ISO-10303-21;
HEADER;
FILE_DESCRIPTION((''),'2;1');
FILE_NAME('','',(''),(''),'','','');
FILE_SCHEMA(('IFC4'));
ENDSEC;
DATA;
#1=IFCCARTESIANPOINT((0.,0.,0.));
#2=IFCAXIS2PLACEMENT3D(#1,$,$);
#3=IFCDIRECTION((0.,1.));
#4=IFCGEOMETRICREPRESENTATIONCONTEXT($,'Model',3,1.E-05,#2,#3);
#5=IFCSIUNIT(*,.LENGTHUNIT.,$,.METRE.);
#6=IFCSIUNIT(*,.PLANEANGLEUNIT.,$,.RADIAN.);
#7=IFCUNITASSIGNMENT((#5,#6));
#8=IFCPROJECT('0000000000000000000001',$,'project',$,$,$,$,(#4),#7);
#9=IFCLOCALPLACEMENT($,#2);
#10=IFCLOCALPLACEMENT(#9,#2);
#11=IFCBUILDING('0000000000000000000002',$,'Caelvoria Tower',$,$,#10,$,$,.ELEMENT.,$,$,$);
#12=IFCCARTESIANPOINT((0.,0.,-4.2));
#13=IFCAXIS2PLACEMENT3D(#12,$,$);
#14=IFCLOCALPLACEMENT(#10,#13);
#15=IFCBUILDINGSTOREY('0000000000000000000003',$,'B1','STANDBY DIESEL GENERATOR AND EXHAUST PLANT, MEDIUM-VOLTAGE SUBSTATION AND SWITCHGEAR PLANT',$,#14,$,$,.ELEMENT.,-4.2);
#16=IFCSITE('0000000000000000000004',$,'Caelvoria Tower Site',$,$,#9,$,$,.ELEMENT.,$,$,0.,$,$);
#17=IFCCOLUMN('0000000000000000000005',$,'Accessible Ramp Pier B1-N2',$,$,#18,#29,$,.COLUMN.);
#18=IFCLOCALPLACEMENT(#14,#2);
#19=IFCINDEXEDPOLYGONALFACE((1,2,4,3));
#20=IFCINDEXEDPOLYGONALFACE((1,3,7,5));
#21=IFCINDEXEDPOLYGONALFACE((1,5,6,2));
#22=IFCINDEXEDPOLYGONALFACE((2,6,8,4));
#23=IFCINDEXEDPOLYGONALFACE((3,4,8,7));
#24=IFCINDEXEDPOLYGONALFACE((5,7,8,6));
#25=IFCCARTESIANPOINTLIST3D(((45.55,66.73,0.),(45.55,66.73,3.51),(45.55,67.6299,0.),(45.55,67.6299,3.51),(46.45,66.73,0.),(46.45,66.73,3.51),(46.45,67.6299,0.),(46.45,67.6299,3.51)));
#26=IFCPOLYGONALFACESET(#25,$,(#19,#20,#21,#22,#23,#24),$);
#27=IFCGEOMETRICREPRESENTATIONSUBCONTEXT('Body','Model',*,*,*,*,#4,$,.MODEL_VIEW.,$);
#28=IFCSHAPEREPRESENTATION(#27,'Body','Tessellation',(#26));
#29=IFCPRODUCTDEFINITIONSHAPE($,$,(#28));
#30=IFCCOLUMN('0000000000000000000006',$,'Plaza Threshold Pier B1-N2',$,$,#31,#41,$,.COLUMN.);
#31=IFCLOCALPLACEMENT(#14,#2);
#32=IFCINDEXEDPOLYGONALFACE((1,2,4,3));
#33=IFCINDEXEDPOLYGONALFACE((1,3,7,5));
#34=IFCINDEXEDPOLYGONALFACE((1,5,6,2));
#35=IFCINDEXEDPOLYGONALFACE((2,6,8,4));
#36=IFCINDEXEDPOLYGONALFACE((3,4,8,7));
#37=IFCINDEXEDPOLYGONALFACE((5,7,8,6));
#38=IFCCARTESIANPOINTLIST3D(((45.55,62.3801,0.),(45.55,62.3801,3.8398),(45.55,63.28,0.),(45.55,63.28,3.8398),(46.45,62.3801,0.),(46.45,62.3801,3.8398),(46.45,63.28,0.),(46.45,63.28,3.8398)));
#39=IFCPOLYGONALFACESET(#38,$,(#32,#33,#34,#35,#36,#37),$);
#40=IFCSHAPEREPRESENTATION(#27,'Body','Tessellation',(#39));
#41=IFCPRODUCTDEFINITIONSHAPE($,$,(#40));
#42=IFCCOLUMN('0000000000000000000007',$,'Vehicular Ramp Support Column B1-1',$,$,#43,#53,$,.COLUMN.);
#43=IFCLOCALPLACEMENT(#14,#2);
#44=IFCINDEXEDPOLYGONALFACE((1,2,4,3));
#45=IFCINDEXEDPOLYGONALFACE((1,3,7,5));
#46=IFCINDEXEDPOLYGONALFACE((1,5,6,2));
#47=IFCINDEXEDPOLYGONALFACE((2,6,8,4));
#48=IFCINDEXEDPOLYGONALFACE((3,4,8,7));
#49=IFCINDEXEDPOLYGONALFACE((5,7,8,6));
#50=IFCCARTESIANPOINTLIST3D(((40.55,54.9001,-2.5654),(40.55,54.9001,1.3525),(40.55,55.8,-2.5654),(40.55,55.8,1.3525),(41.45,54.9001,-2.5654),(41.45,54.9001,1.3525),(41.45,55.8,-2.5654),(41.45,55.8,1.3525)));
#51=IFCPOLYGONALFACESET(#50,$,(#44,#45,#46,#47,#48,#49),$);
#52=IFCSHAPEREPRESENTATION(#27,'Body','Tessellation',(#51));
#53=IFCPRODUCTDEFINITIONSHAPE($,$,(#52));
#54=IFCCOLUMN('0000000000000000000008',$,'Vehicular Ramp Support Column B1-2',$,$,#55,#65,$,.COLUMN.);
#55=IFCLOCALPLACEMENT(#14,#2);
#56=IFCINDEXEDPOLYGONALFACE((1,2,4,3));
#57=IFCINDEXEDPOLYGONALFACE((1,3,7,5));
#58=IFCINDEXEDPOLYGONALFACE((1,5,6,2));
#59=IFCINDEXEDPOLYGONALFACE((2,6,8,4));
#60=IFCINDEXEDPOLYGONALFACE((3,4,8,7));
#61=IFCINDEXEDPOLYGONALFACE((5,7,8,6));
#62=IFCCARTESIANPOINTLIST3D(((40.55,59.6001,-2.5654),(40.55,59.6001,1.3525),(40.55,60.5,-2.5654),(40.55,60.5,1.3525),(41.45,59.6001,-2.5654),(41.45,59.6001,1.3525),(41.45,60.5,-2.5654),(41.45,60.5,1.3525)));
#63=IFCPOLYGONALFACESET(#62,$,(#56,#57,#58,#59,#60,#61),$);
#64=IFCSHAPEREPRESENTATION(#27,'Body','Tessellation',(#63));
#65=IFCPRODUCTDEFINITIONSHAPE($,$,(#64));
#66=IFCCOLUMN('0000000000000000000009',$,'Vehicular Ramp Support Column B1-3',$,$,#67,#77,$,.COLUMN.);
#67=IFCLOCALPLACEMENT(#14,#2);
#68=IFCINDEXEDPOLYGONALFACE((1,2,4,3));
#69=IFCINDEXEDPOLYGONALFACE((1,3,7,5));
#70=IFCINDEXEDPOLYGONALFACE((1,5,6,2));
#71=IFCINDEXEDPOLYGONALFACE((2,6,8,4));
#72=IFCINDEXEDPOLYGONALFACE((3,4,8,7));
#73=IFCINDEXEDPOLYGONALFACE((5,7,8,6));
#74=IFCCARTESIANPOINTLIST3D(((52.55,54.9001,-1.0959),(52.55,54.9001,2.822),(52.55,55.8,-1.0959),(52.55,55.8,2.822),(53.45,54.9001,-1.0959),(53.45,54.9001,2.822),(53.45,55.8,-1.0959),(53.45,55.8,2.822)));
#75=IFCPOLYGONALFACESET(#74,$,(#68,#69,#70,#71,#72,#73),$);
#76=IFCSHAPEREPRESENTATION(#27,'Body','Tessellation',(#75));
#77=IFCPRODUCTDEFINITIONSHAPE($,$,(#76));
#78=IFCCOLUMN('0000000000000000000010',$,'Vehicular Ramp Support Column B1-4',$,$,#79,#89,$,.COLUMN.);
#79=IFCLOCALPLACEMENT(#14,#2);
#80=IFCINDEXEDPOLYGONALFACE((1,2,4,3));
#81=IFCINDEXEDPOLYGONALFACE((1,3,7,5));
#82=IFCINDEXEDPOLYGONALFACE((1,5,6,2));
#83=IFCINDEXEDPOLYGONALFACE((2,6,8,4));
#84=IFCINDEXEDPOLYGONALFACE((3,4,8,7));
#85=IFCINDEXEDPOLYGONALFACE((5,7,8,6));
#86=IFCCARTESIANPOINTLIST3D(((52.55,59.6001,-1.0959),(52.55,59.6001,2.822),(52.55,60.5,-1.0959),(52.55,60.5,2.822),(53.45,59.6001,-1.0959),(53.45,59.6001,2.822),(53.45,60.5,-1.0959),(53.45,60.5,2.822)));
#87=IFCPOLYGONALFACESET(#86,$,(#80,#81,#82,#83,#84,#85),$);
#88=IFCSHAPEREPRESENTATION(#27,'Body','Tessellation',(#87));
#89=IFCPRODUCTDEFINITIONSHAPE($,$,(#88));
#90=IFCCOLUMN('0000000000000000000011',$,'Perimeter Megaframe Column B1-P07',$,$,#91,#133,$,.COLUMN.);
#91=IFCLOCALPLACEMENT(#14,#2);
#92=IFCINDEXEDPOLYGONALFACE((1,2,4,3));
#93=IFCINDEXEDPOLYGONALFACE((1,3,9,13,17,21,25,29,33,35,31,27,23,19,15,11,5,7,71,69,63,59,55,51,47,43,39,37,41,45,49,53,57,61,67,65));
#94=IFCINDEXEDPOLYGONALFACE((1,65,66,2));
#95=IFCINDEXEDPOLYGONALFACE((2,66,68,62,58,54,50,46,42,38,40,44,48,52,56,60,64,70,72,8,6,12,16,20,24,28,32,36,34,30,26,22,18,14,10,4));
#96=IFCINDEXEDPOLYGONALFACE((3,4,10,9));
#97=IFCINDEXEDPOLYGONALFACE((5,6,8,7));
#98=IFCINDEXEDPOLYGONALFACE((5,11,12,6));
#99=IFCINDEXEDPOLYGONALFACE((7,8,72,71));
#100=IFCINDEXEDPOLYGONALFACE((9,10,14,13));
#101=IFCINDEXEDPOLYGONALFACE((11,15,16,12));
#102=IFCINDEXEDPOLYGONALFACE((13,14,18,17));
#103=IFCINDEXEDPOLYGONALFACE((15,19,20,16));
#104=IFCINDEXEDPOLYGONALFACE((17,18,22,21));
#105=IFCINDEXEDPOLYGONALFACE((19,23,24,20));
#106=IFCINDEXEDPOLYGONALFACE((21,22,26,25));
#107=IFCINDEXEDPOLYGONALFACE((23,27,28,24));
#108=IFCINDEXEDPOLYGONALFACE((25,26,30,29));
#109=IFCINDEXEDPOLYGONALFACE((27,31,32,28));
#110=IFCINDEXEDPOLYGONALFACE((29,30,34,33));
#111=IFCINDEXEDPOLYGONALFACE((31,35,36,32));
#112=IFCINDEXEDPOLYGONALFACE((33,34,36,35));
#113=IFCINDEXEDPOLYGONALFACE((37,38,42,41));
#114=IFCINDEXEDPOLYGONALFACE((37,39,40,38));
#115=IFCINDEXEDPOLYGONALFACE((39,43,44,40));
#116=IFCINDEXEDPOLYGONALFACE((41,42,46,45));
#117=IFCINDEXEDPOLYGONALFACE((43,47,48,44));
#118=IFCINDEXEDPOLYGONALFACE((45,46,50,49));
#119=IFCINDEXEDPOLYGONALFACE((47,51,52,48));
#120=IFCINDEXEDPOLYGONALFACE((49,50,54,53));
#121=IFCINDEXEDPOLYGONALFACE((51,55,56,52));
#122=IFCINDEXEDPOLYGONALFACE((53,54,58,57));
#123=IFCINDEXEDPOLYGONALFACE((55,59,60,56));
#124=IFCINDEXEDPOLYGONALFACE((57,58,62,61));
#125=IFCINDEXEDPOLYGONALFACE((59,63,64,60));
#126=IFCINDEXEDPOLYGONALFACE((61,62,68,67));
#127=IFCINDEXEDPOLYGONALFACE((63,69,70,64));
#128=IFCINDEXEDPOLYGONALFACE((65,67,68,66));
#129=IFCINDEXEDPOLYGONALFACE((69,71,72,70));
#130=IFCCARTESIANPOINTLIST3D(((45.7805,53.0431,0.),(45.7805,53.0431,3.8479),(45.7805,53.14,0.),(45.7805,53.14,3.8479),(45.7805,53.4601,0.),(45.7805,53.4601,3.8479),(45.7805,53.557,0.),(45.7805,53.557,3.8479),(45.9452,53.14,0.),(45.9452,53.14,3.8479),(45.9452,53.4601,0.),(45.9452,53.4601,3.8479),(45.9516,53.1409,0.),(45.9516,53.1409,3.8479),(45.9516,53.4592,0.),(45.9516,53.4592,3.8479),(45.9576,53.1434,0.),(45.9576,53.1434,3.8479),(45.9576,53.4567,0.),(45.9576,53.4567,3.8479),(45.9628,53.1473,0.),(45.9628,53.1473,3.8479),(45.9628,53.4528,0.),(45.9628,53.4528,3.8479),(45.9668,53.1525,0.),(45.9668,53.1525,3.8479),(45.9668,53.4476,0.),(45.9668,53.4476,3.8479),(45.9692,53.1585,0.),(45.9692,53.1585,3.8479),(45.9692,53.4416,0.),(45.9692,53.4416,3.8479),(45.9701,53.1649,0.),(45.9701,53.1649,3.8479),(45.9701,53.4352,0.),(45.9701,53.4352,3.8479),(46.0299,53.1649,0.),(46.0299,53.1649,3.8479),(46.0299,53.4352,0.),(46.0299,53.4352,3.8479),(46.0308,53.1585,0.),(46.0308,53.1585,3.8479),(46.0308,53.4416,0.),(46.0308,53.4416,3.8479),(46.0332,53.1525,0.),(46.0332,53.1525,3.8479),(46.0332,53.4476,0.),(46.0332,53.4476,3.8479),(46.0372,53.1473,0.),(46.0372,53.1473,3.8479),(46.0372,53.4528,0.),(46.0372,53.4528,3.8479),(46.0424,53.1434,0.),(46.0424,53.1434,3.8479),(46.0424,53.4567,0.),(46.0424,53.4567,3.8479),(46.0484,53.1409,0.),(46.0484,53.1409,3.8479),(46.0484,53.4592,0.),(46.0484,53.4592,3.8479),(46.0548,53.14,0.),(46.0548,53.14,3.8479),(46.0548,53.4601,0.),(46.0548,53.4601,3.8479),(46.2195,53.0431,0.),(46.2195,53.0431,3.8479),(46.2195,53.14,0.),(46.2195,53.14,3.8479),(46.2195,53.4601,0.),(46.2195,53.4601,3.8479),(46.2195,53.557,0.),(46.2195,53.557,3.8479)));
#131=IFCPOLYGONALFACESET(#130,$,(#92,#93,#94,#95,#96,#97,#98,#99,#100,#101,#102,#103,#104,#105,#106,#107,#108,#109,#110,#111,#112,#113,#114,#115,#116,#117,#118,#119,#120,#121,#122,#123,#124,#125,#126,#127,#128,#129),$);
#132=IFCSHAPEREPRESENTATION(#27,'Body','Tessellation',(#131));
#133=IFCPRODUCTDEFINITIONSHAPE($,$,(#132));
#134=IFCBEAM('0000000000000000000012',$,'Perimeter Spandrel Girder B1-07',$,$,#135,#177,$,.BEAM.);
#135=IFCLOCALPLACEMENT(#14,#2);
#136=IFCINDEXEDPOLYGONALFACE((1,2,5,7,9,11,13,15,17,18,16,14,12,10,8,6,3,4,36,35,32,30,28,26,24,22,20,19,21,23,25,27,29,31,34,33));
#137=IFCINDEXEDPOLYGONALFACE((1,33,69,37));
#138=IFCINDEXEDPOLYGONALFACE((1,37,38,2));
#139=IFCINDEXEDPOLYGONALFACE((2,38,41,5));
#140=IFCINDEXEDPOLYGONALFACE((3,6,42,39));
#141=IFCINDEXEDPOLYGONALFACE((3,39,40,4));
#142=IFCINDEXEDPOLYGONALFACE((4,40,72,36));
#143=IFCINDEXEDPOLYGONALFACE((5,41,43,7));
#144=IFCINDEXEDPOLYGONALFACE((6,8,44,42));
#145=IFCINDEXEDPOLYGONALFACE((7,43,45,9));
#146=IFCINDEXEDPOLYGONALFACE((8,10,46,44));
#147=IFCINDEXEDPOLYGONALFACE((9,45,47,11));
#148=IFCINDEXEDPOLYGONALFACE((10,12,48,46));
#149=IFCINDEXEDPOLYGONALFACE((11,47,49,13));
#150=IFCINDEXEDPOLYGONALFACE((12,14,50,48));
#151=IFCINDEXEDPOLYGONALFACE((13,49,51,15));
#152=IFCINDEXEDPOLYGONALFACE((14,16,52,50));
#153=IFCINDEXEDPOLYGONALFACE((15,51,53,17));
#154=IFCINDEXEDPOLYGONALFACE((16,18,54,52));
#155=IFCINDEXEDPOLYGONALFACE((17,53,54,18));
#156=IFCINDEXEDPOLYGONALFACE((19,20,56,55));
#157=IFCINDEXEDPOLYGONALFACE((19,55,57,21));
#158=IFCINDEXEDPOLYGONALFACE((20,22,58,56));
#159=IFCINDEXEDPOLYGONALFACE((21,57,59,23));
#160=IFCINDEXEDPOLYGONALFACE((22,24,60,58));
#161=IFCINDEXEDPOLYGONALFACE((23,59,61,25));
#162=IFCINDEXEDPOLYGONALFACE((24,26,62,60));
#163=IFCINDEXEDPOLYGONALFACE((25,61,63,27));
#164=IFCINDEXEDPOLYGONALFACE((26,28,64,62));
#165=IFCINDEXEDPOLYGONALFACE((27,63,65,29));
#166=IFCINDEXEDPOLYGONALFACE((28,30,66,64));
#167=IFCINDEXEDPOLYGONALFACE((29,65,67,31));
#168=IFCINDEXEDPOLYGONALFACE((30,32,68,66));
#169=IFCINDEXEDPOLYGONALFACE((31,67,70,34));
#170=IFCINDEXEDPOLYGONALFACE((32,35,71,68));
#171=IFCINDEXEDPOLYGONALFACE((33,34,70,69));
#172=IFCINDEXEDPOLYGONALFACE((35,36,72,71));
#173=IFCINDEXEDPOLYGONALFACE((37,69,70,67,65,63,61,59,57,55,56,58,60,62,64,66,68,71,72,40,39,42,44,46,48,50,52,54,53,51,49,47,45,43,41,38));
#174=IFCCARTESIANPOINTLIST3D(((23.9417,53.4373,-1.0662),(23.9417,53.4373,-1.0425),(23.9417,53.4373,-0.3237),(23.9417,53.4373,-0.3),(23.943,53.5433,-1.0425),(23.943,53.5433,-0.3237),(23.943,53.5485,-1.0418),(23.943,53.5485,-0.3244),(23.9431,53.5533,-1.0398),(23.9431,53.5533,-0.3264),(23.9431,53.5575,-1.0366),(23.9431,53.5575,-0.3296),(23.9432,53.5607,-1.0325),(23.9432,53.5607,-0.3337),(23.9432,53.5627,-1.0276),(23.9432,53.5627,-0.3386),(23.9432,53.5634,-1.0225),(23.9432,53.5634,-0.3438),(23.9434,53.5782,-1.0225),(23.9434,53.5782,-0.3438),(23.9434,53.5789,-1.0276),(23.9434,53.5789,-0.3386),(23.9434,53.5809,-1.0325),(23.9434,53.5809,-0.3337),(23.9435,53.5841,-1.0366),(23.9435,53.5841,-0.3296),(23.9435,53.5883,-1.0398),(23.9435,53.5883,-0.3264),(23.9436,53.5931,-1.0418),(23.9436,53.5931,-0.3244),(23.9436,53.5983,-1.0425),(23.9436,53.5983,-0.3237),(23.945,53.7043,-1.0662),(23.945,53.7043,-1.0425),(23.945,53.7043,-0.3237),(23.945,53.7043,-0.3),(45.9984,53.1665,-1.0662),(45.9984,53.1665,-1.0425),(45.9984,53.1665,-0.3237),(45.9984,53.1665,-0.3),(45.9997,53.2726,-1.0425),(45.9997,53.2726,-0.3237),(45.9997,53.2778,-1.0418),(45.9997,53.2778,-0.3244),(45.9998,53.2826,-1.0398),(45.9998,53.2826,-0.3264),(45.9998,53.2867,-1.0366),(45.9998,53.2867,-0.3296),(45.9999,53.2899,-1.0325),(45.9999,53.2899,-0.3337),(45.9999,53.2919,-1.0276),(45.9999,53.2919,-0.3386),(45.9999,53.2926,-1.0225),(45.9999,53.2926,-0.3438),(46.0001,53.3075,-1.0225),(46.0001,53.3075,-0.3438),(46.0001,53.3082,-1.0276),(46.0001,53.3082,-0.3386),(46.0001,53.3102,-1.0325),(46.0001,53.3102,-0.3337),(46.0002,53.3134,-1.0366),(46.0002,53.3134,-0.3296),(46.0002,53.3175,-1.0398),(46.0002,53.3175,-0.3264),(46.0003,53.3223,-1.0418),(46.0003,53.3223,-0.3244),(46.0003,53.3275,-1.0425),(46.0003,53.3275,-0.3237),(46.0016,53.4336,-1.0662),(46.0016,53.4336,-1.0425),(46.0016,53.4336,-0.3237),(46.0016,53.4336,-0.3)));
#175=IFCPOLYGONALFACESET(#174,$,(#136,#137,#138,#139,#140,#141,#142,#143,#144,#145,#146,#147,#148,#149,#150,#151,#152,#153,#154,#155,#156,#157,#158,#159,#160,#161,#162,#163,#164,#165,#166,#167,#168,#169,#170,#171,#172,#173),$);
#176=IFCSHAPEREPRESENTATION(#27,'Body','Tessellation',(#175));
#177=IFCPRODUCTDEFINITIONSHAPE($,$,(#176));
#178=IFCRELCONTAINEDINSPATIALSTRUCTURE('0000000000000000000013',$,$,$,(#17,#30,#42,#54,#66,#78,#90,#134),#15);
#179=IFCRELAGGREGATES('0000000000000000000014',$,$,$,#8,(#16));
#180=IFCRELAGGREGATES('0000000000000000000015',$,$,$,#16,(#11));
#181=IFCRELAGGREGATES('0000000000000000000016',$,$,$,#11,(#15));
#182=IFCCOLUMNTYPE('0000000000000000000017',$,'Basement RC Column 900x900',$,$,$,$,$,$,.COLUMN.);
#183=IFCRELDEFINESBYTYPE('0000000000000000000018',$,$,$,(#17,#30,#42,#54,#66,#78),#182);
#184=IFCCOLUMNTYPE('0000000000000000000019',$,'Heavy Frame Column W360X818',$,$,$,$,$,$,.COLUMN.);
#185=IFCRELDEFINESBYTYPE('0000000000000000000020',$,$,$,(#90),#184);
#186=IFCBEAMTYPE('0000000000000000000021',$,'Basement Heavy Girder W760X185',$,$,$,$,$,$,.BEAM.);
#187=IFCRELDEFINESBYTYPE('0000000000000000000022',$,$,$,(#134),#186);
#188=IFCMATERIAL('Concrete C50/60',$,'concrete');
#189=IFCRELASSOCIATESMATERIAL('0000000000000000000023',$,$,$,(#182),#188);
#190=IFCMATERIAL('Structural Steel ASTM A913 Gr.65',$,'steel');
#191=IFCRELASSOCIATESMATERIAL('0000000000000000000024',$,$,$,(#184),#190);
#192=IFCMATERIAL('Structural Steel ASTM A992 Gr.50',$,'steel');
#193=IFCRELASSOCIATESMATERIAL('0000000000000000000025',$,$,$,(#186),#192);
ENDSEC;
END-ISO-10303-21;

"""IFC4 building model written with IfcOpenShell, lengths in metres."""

from ifc_helpers import new_model, si_unit, direction, frame, origin, origin_2d, place, context, subcontext, project, spatial, rectangle, i_section, extrude, material, material_profile, profile_set, type_object, element, save


model = new_model("IFC4")

# Units and contexts
model_context = context("Model", 3, precision=1e-05, world=origin(), true_north=direction((0.0, 1.0)))
body_context = subcontext(model_context, "Body", "Model", "MODEL_VIEW")
ifc_project = project(units=[si_unit("LENGTHUNIT", "METRE"), si_unit("PLANEANGLEUNIT", "RADIAN")], contexts=[model_context])

# Site, building, storey
site_placement = place(None, origin())
site = spatial("IfcSite", under=ifc_project, at=site_placement, Name="Caelvoria Tower Site", CompositionType="ELEMENT", RefElevation=0.0)
building_placement = place(site_placement, origin())
building = spatial("IfcBuilding", under=site, at=building_placement, Name="Caelvoria Tower", CompositionType="ELEMENT")
storey_placement = place(building_placement, frame((0.0, 0.0, -4.2)))
storey = spatial("IfcBuildingStorey", under=building, at=storey_placement, Name="B1", Description="STANDBY DIESEL GENERATOR AND EXHAUST PLANT, MEDIUM-VOLTAGE SUBSTATION AND SWITCHGEAR PLANT", CompositionType="ELEMENT", Elevation=-4.2)

# Columns
ifc_material_1 = material(Name="Concrete C50/60", Category="concrete")
ifc_material_profile_1 = material_profile(ifc_material_1, rectangle(XDim=0.8999, YDim=0.8999, at=origin_2d()), Name="Concrete C50/60")
ifc_profile_set_1 = profile_set([ifc_material_profile_1], Name="RC_COL_900X900 - Concrete C50/60")
column_type_1 = type_object("IfcColumnType", Name="Basement RC Column 900x900", PredefinedType="COLUMN", material=ifc_profile_set_1)
column_1_placement = place(storey_placement, frame((46.0, 67.1799, 0.0), z_axis=(0.0, 0.0, 1.0), x_axis=(1.0, 0.0, 0.0)))
element("IfcColumn", 1, at=column_1_placement, inside=storey, type_object=column_type_1, Name="Accessible Ramp Pier B1-N2", PredefinedType="COLUMN", context=body_context, shape_type="SweptSolid", body=[
    extrude(rectangle(XDim=0.8999, YDim=0.8999, at=origin_2d()), origin(), (0.0, 0.0, 1.0), 3.51),
])
column_2_placement = place(storey_placement, frame((46.0, 62.8301, 0.0), z_axis=(0.0, 0.0, 1.0), x_axis=(1.0, 0.0, 0.0)))
element("IfcColumn", 2, at=column_2_placement, inside=storey, type_object=column_type_1, Name="Plaza Threshold Pier B1-N2", PredefinedType="COLUMN", context=body_context, shape_type="SweptSolid", body=[
    extrude(rectangle(XDim=0.8999, YDim=0.8999, at=origin_2d()), origin(), (0.0, 0.0, 1.0), 3.8398),
])
for number, where, z_axis, x_axis, name in (
    (3, (41.0, 55.3501, -2.5654), (0.0, 0.0, 1.0), (1.0, 0.0, 0.0), "Vehicular Ramp Support Column B1-1"),
    (4, (41.0, 60.05, -2.5654), (0.0, 0.0, 1.0), (1.0, 0.0, 0.0), "Vehicular Ramp Support Column B1-2"),
    (5, (53.0, 55.3501, -1.0959), (0.0, 0.0, 1.0), (1.0, 0.0, 0.0), "Vehicular Ramp Support Column B1-3"),
    (6, (53.0, 60.05, -1.0959), (0.0, 0.0, 1.0), (1.0, 0.0, 0.0), "Vehicular Ramp Support Column B1-4"),
):
    element("IfcColumn", number, at=place(storey_placement, frame(where, z_axis=z_axis, x_axis=x_axis)), inside=storey, type_object=column_type_1, Name=name, PredefinedType="COLUMN", context=body_context, shape_type="SweptSolid", body=[
        extrude(rectangle(XDim=0.8999, YDim=0.8999, at=origin_2d()), origin(), (0.0, 0.0, 1.0), 3.918),
    ])
ifc_material_2 = material(Name="Structural Steel ASTM A913 Gr.65", Category="steel")
ifc_material_profile_2 = material_profile(ifc_material_2, i_section(OverallWidth=0.439, OverallDepth=0.5139, WebThickness=0.0598, FlangeThickness=0.0969, FilletRadius=0.0249, at=origin_2d()), Name="Structural Steel ASTM A913 Gr.65")
ifc_profile_set_2 = profile_set([ifc_material_profile_2], Name="W360X818 - Structural Steel ASTM A913 Gr.65")
column_type_2 = type_object("IfcColumnType", Name="Heavy Frame Column W360X818", PredefinedType="COLUMN", material=ifc_profile_set_2)
column_3_placement = place(storey_placement, frame((46.0, 53.3, 0.0), z_axis=(0.0, 0.0, 1.0), x_axis=(1.0, 0.0, 0.0)))
element("IfcColumn", 7, at=column_3_placement, inside=storey, type_object=column_type_2, Name="Perimeter Megaframe Column B1-P07", PredefinedType="COLUMN", context=body_context, shape_type="SweptSolid", body=[
    extrude(i_section(OverallWidth=0.439, OverallDepth=0.5139, WebThickness=0.0598, FlangeThickness=0.0969, FilletRadius=0.0249, at=origin_2d()), origin(), (0.0, 0.0, 1.0), 3.8479),
])

# Beam
ifc_material_3 = material(Name="Structural Steel ASTM A992 Gr.50", Category="steel")
ifc_material_profile_3 = material_profile(ifc_material_3, i_section(OverallWidth=0.2671, OverallDepth=0.7661, WebThickness=0.0149, FlangeThickness=0.0237, FilletRadius=0.02, at=origin_2d()), Name="Structural Steel ASTM A992 Gr.50")
ifc_profile_set_3 = profile_set([ifc_material_profile_3], Name="W760X185 - Structural Steel ASTM A992 Gr.50")
beam_type_1 = type_object("IfcBeamType", Name="Basement Heavy Girder W760X185", PredefinedType="BEAM", material=ifc_profile_set_3)
beam_1_placement = place(storey_placement, frame((46.0, 53.3, -0.6831), z_axis=(-0.999925, 0.012274, 0.0), x_axis=(-0.012274, -0.999925, 0.0)))
element("IfcBeam", 8, at=beam_1_placement, inside=storey, type_object=beam_type_1, Name="Perimeter Spandrel Girder B1-07", PredefinedType="BEAM", context=body_context, shape_type="SweptSolid", body=[
    extrude(i_section(OverallWidth=0.2671, OverallDepth=0.7661, WebThickness=0.0149, FlangeThickness=0.0237, FilletRadius=0.02, at=origin_2d()), origin(), (0.0, 0.0, 1.0), 22.0583),
])

save(model, "model.ifc")
